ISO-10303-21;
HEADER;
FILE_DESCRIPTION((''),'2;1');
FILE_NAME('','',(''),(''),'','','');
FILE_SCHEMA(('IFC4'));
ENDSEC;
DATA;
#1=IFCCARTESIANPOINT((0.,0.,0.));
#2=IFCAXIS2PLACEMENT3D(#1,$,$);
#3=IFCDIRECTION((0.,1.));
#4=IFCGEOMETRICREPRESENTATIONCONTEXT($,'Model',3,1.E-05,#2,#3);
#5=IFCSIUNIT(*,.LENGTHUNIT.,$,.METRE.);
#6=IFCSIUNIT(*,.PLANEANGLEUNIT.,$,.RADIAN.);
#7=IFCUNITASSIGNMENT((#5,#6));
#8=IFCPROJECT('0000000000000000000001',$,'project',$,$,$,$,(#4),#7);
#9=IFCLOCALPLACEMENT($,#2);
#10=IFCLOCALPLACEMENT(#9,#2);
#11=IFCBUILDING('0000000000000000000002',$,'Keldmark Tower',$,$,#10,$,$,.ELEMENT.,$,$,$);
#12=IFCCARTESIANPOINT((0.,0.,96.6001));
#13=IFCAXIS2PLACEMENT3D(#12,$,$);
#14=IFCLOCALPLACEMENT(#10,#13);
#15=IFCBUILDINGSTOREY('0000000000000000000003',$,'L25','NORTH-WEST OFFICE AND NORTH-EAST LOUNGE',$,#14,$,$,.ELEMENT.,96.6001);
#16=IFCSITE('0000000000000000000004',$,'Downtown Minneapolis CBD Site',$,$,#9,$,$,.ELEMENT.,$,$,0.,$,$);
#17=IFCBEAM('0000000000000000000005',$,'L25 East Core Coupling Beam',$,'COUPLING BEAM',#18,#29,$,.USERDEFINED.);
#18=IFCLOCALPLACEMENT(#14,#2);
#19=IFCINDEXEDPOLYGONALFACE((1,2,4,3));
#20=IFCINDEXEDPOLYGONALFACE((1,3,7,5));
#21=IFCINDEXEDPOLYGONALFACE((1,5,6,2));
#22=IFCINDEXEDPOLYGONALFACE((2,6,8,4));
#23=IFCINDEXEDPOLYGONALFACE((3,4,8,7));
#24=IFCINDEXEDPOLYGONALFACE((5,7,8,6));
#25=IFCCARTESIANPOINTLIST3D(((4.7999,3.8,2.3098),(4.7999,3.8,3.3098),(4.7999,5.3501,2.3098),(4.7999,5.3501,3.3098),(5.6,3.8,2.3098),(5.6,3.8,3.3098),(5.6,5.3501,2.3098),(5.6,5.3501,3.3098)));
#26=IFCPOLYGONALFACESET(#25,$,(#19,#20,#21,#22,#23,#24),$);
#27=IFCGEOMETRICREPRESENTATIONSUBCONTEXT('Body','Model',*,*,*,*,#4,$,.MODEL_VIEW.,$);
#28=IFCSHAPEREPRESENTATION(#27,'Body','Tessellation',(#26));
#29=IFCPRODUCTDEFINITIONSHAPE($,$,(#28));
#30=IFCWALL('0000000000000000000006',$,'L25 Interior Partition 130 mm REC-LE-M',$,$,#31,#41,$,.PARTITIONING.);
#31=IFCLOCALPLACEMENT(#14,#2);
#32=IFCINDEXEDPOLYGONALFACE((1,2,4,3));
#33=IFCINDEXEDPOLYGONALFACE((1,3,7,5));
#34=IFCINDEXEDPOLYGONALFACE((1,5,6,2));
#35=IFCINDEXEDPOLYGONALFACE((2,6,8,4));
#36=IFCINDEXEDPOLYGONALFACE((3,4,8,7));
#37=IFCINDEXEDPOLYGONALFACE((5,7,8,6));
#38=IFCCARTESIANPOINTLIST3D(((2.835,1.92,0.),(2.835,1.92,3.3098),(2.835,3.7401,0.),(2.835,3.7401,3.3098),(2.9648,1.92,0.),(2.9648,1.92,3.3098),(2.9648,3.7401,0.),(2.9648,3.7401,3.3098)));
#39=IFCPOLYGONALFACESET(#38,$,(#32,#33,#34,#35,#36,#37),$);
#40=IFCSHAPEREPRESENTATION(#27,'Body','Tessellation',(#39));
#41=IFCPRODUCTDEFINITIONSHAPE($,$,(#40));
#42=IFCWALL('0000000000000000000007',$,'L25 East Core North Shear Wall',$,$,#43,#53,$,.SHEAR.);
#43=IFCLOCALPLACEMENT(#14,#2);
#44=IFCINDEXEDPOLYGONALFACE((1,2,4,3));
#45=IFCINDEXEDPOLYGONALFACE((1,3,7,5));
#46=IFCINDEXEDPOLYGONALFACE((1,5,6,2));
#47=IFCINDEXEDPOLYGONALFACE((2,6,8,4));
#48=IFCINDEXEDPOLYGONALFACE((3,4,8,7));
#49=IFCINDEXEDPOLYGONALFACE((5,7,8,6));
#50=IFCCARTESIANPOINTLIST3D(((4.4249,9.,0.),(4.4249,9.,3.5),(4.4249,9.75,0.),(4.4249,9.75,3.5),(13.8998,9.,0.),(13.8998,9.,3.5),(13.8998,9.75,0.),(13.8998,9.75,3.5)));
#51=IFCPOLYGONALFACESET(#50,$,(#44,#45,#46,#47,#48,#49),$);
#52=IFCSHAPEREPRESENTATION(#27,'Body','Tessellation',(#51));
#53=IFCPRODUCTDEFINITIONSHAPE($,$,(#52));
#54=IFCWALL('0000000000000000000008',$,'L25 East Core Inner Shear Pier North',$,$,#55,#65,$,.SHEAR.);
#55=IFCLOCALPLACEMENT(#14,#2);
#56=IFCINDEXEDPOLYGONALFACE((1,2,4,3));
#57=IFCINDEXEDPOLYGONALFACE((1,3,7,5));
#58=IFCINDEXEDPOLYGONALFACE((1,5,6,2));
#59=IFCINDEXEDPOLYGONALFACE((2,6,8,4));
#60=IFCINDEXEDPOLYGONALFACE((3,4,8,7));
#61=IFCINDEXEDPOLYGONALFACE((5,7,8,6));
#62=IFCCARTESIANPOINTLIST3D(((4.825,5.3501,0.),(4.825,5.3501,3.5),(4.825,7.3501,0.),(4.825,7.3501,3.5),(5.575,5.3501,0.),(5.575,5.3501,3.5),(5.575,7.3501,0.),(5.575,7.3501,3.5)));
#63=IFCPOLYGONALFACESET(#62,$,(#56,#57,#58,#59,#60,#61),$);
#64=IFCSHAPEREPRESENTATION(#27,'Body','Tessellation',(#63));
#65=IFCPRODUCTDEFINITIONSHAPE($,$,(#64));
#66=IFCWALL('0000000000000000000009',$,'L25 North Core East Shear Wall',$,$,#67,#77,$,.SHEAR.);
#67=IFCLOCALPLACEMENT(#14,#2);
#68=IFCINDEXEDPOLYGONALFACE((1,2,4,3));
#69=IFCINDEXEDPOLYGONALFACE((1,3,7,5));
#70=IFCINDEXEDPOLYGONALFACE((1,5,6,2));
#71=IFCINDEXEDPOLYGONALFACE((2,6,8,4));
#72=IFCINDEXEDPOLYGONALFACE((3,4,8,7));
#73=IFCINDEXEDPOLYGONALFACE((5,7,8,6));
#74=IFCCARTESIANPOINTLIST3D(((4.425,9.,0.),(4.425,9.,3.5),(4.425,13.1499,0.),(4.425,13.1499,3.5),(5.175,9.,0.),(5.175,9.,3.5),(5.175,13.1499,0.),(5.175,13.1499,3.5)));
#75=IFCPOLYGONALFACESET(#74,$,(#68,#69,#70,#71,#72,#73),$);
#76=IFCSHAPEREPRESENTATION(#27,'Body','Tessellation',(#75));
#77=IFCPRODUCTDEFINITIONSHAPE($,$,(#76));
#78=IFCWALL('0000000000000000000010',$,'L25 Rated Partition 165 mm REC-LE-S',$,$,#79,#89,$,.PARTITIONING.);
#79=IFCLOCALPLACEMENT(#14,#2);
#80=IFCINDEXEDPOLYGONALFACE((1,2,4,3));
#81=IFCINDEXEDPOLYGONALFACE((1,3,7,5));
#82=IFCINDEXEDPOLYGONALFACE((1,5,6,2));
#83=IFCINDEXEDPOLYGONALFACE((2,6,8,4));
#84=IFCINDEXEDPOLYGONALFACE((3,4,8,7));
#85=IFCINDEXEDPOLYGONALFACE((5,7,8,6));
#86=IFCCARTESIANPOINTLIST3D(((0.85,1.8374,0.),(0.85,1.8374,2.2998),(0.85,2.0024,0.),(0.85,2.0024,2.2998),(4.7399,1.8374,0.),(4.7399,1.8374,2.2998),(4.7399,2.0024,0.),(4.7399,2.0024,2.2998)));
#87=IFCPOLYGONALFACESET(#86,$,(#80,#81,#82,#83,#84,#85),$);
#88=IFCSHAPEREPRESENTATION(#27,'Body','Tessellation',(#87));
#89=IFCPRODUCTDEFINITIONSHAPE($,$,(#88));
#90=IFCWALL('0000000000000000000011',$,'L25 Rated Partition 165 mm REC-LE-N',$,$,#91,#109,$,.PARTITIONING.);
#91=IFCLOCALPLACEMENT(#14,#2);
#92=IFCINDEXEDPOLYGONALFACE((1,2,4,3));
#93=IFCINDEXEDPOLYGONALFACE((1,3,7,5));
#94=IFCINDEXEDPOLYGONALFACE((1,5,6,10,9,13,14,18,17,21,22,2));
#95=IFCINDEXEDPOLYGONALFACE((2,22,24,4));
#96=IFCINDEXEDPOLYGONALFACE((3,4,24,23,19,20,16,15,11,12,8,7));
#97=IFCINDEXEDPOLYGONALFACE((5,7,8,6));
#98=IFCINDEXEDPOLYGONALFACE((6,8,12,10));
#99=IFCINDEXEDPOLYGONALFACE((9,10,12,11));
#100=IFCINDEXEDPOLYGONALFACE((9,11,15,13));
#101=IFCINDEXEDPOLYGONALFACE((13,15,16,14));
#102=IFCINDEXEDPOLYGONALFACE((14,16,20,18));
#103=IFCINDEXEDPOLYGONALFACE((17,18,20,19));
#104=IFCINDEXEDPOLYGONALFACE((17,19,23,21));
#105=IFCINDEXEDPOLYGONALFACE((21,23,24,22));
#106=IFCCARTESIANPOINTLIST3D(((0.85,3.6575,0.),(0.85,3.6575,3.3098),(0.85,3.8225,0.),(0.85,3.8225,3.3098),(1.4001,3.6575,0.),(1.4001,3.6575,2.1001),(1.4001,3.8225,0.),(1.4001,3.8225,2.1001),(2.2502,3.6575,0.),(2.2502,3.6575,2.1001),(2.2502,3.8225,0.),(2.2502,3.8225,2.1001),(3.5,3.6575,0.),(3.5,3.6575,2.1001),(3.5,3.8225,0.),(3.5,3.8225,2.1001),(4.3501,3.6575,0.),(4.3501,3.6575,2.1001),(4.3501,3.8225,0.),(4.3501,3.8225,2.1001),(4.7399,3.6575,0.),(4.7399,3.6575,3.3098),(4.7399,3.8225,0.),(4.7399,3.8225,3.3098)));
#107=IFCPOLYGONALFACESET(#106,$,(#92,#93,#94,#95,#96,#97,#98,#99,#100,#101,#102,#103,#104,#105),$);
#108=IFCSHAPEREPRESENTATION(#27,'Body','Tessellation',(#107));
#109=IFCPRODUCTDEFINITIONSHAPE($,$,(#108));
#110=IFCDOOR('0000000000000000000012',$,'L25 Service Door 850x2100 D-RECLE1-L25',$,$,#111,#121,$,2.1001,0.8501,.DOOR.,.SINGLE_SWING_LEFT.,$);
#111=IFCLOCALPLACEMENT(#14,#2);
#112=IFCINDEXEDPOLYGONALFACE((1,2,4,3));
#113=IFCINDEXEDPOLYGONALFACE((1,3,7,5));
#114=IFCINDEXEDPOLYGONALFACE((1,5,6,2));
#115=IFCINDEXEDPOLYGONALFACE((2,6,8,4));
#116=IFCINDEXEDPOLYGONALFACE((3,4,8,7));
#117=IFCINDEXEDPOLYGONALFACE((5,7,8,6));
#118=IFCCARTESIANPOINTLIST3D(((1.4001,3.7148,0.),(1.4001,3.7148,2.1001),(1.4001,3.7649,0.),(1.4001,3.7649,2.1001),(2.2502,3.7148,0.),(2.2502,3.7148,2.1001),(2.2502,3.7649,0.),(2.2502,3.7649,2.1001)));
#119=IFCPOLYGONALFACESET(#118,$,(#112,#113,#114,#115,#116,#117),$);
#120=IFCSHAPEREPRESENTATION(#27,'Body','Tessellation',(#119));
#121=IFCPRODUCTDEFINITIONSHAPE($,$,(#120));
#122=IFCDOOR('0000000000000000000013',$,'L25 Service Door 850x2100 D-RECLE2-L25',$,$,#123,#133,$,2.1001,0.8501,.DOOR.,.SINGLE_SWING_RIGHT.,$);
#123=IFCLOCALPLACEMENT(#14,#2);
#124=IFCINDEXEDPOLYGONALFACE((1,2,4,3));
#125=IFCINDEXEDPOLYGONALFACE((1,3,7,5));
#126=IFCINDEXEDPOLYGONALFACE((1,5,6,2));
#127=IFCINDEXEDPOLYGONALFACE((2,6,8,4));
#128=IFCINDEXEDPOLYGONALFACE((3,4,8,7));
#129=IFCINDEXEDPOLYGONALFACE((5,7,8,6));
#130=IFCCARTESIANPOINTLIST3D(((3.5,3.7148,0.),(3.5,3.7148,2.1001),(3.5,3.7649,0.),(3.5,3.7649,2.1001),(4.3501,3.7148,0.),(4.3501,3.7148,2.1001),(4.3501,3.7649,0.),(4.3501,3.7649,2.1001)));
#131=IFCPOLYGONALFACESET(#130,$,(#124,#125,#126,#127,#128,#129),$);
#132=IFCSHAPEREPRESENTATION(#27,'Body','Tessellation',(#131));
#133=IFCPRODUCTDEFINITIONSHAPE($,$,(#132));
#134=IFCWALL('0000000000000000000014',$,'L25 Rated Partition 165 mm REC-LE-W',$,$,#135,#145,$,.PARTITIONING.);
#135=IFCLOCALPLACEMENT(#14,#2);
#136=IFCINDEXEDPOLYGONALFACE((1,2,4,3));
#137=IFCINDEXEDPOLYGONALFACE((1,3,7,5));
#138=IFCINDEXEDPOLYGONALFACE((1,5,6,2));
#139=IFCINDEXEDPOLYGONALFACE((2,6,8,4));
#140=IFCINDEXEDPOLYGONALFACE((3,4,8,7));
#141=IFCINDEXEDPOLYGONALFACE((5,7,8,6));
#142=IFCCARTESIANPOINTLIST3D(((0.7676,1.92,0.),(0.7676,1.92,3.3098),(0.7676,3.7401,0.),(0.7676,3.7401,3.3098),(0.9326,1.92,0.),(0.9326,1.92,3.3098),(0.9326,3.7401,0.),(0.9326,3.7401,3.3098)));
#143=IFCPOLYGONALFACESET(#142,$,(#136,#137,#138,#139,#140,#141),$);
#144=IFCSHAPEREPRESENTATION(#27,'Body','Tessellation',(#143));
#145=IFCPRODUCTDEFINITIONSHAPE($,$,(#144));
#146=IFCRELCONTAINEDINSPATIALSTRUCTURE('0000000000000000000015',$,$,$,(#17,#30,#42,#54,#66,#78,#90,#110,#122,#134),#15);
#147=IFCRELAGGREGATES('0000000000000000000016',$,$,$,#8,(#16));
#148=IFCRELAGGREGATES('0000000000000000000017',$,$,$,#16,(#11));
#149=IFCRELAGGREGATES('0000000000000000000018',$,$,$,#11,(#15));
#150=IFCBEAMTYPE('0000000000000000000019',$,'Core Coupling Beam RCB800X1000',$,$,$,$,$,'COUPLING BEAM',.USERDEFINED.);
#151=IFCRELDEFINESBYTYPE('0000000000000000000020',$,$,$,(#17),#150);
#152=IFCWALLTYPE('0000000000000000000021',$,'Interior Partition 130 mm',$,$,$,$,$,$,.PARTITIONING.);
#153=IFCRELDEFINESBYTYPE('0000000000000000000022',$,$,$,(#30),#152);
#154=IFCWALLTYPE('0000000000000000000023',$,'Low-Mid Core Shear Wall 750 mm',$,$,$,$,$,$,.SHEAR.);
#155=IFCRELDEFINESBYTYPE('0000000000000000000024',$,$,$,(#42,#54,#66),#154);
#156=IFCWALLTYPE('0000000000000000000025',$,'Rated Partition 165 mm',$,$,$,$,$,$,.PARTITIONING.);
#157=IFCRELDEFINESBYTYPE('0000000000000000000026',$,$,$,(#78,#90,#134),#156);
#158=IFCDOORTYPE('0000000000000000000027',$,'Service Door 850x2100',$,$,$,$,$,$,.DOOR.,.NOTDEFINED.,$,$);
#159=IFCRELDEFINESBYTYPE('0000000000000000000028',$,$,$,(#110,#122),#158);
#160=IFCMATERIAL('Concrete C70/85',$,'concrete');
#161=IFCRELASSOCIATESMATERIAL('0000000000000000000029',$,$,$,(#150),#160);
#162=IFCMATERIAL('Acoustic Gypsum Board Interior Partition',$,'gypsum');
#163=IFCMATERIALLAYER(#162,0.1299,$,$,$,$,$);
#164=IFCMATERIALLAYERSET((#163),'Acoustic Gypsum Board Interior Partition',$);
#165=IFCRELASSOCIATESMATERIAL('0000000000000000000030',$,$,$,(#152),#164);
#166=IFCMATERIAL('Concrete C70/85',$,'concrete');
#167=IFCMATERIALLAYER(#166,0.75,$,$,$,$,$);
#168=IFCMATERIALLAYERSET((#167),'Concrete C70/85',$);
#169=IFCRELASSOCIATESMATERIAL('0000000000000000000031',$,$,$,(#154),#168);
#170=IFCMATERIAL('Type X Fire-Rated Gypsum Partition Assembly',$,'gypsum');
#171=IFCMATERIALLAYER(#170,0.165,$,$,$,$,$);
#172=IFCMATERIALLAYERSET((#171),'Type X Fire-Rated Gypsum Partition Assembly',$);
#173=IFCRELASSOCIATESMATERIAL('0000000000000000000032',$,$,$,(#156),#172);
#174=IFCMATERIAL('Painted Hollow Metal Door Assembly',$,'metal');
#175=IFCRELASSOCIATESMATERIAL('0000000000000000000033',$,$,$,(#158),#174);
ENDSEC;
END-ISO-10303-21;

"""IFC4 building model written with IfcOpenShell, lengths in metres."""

from ifc_helpers import new_model, si_unit, direction, frame, frame_2d, origin, origin_2d, place, context, subcontext, project, spatial, rectangle, extrude, material, layer, layer_set, material_profile, profile_set, type_object, element, fill, save


model = new_model("IFC4")

# Units and contexts
model_context = context("Model", 3, precision=1e-05, world=origin(), true_north=direction((0.0, 1.0)))
body_context = subcontext(model_context, "Body", "Model", "MODEL_VIEW")
ifc_project = project(units=[si_unit("LENGTHUNIT", "METRE"), si_unit("PLANEANGLEUNIT", "RADIAN")], contexts=[model_context])

# Site, building, storey
site_placement = place(None, origin())
site = spatial("IfcSite", under=ifc_project, at=site_placement, Name="Downtown Minneapolis CBD Site", CompositionType="ELEMENT", RefElevation=0.0)
building_placement = place(site_placement, origin())
building = spatial("IfcBuilding", under=site, at=building_placement, Name="Keldmark Tower", CompositionType="ELEMENT")
storey_placement = place(building_placement, frame((0.0, 0.0, 96.6001)))
storey = spatial("IfcBuildingStorey", under=building, at=storey_placement, Name="L25", Description="NORTH-WEST OFFICE AND NORTH-EAST LOUNGE", CompositionType="ELEMENT", Elevation=96.6001)

# Beam
ifc_material_1 = material(Name="Concrete C70/85", Category="concrete")
ifc_material_profile = material_profile(ifc_material_1, rectangle(XDim=0.8, YDim=1.0, at=origin_2d()), Name="RCB800X1000")
ifc_profile_set = profile_set([ifc_material_profile], Name="Concrete C70/85")
beam_type = type_object("IfcBeamType", Name="Core Coupling Beam RCB800X1000", ElementType="COUPLING BEAM", PredefinedType="USERDEFINED", material=ifc_profile_set)
beam_placement = place(storey_placement, frame((5.2, 3.8, 2.8098), z_axis=(0.0, 1.0, 0.0), x_axis=(-1.0, 0.0, 0.0)))
element("IfcBeam", 1, at=beam_placement, inside=storey, type_object=beam_type, Name="L25 East Core Coupling Beam", ObjectType="COUPLING BEAM", PredefinedType="USERDEFINED", context=body_context, shape_type="SweptSolid", body=[
    extrude(rectangle(XDim=0.8, YDim=1.0, at=origin_2d()), origin(), (0.0, 0.0, 1.0), 1.55),
])

# Walls
ifc_material_2 = material(Name="Acoustic Gypsum Board Interior Partition", Category="gypsum")
ifc_layer_1 = layer(ifc_material_2, 0.1299)
ifc_layer_set_1 = layer_set([ifc_layer_1], Name="Acoustic Gypsum Board Interior Partition")
wall_type_1 = type_object("IfcWallType", Name="Interior Partition 130 mm", PredefinedType="PARTITIONING", material=ifc_layer_set_1)
wall_1_placement = place(storey_placement, frame((2.8999, 1.9199, 0.0), z_axis=(0.0, 0.0, 1.0), x_axis=(0.0, 1.0, 0.0)))
element("IfcWall", 2, at=wall_1_placement, inside=storey, type_object=wall_type_1, Name="L25 Interior Partition 130 mm REC-LE-M", PredefinedType="PARTITIONING", context=body_context, shape_type="SweptSolid", body=[
    extrude(rectangle(XDim=1.8201, YDim=0.1299, at=frame_2d((0.9102, 0.0))), origin(), (0.0, 0.0, 1.0), 3.3098),
])
ifc_material_3 = material(Name="Concrete C70/85", Category="concrete")
ifc_layer_2 = layer(ifc_material_3, 0.75)
ifc_layer_set_2 = layer_set([ifc_layer_2], Name="Concrete C70/85")
wall_type_2 = type_object("IfcWallType", Name="Low-Mid Core Shear Wall 750 mm", PredefinedType="SHEAR", material=ifc_layer_set_2)
wall_2_placement = place(storey_placement, frame((4.425, 9.375, 0.0), z_axis=(0.0, 0.0, 1.0), x_axis=(1.0, 0.0, 0.0)))
element("IfcWall", 3, at=wall_2_placement, inside=storey, type_object=wall_type_2, Name="L25 East Core North Shear Wall", PredefinedType="SHEAR", context=body_context, shape_type="SweptSolid", body=[
    extrude(rectangle(XDim=9.4749, YDim=0.75, at=frame_2d((4.7373, 0.0))), origin(), (0.0, 0.0, 1.0), 3.5),
])
wall_3_placement = place(storey_placement, frame((5.2, 5.3501, 0.0), z_axis=(0.0, 0.0, 1.0), x_axis=(0.0, 1.0, 0.0)))
element("IfcWall", 4, at=wall_3_placement, inside=storey, type_object=wall_type_2, Name="L25 East Core Inner Shear Pier North", PredefinedType="SHEAR", context=body_context, shape_type="SweptSolid", body=[
    extrude(rectangle(XDim=2.0, YDim=0.75, at=frame_2d((1.0, 0.0))), origin(), (0.0, 0.0, 1.0), 3.5),
])
wall_4_placement = place(storey_placement, frame((4.8, 9.0, 0.0), z_axis=(0.0, 0.0, 1.0), x_axis=(0.0, 1.0, 0.0)))
element("IfcWall", 5, at=wall_4_placement, inside=storey, type_object=wall_type_2, Name="L25 North Core East Shear Wall", PredefinedType="SHEAR", context=body_context, shape_type="SweptSolid", body=[
    extrude(rectangle(XDim=4.1499, YDim=0.75, at=frame_2d((2.075, 0.0))), origin(), (0.0, 0.0, 1.0), 3.5),
])
ifc_material_4 = material(Name="Type X Fire-Rated Gypsum Partition Assembly", Category="gypsum")
ifc_layer_3 = layer(ifc_material_4, 0.165)
ifc_layer_set_3 = layer_set([ifc_layer_3], Name="Type X Fire-Rated Gypsum Partition Assembly")
wall_type_3 = type_object("IfcWallType", Name="Rated Partition 165 mm", PredefinedType="PARTITIONING", material=ifc_layer_set_3)
wall_5_placement = place(storey_placement, frame((0.8501, 1.9199, 0.0), z_axis=(0.0, 0.0, 1.0), x_axis=(1.0, 0.0, 0.0)))
element("IfcWall", 6, at=wall_5_placement, inside=storey, type_object=wall_type_3, Name="L25 Rated Partition 165 mm REC-LE-S", PredefinedType="PARTITIONING", context=body_context, shape_type="SweptSolid", body=[
    extrude(rectangle(XDim=3.8899, YDim=0.165, at=frame_2d((1.9448, 0.0))), origin(), (0.0, 0.0, 1.0), 2.2998),
])

# Wall, openings, doors
wall_6_placement = place(storey_placement, frame((0.8501, 3.74, 0.0), z_axis=(0.0, 0.0, 1.0), x_axis=(1.0, 0.0, 0.0)))
wall_6 = element("IfcWall", 7, at=wall_6_placement, inside=storey, type_object=wall_type_3, Name="L25 Rated Partition 165 mm REC-LE-N", PredefinedType="PARTITIONING", context=body_context, shape_type="SweptSolid", body=[
    extrude(rectangle(XDim=3.8899, YDim=0.165, at=frame_2d((1.9448, 0.0))), origin(), (0.0, 0.0, 1.0), 3.3098),
])
opening_1_placement = place(wall_6_placement, frame((0.55, 0.0, 0.0)))
opening_1 = element("IfcOpeningElement", 8, at=opening_1_placement, cuts=wall_6, PredefinedType="OPENING", context=body_context, shape_type="SweptSolid", body=[
    extrude(rectangle(XDim=0.8501, YDim=2.1001, at=frame_2d((0.425, 1.05))), frame((0.0, 0.0925, 0.0), z_axis=(0.0, -1.0, 0.0), x_axis=(1.0, 0.0, 0.0)), (0.0, 0.0, 1.0), 0.1851),
])
opening_2_placement = place(wall_6_placement, frame((2.6499, 0.0, 0.0)))
opening_2 = element("IfcOpeningElement", 9, at=opening_2_placement, cuts=wall_6, PredefinedType="OPENING", context=body_context, shape_type="SweptSolid", body=[
    extrude(rectangle(XDim=0.8501, YDim=2.1001, at=frame_2d((0.425, 1.05))), frame((0.0, 0.0925, 0.0), z_axis=(0.0, -1.0, 0.0), x_axis=(1.0, 0.0, 0.0)), (0.0, 0.0, 1.0), 0.1851),
])
ifc_material_5 = material(Name="Painted Hollow Metal Door Assembly", Category="metal")
door_type_1 = type_object("IfcDoorType", Name="Service Door 850x2100", OperationType="NOTDEFINED", PredefinedType="DOOR", material=ifc_material_5)
door_1_placement = place(opening_1_placement, origin())
door_1 = element("IfcDoor", 10, at=door_1_placement, inside=storey, type_object=door_type_1, Name="L25 Service Door 850x2100 D-RECLE1-L25", OperationType="SINGLE_SWING_LEFT", OverallHeight=2.1001, OverallWidth=0.8501, PredefinedType="DOOR", context=body_context, shape_type="SweptSolid", body=[
    extrude(rectangle(XDim=0.8501, YDim=2.1001, at=frame_2d((0.425, 1.05))), frame((0.0, 0.0249, 0.0), z_axis=(0.0, -1.0, 0.0), x_axis=(1.0, 0.0, 0.0)), (0.0, 0.0, 1.0), 0.05),
])
fill(opening_1, door_1)
door_2_placement = place(opening_2_placement, origin())
door_2 = element("IfcDoor", 11, at=door_2_placement, inside=storey, type_object=door_type_1, Name="L25 Service Door 850x2100 D-RECLE2-L25", OperationType="SINGLE_SWING_RIGHT", OverallHeight=2.1001, OverallWidth=0.8501, PredefinedType="DOOR", context=body_context, shape_type="SweptSolid", body=[
    extrude(rectangle(XDim=0.8501, YDim=2.1001, at=frame_2d((0.425, 1.05))), frame((0.0, 0.0249, 0.0), z_axis=(0.0, -1.0, 0.0), x_axis=(1.0, 0.0, 0.0)), (0.0, 0.0, 1.0), 0.05),
])
fill(opening_2, door_2)

# Wall
wall_7_placement = place(storey_placement, frame((0.8501, 1.9199, 0.0), z_axis=(0.0, 0.0, 1.0), x_axis=(0.0, 1.0, 0.0)))
element("IfcWall", 12, at=wall_7_placement, inside=storey, type_object=wall_type_3, Name="L25 Rated Partition 165 mm REC-LE-W", PredefinedType="PARTITIONING", context=body_context, shape_type="SweptSolid", body=[
    extrude(rectangle(XDim=1.8201, YDim=0.165, at=frame_2d((0.9102, 0.0))), origin(), (0.0, 0.0, 1.0), 3.3098),
])

save(model, "model.ifc")
